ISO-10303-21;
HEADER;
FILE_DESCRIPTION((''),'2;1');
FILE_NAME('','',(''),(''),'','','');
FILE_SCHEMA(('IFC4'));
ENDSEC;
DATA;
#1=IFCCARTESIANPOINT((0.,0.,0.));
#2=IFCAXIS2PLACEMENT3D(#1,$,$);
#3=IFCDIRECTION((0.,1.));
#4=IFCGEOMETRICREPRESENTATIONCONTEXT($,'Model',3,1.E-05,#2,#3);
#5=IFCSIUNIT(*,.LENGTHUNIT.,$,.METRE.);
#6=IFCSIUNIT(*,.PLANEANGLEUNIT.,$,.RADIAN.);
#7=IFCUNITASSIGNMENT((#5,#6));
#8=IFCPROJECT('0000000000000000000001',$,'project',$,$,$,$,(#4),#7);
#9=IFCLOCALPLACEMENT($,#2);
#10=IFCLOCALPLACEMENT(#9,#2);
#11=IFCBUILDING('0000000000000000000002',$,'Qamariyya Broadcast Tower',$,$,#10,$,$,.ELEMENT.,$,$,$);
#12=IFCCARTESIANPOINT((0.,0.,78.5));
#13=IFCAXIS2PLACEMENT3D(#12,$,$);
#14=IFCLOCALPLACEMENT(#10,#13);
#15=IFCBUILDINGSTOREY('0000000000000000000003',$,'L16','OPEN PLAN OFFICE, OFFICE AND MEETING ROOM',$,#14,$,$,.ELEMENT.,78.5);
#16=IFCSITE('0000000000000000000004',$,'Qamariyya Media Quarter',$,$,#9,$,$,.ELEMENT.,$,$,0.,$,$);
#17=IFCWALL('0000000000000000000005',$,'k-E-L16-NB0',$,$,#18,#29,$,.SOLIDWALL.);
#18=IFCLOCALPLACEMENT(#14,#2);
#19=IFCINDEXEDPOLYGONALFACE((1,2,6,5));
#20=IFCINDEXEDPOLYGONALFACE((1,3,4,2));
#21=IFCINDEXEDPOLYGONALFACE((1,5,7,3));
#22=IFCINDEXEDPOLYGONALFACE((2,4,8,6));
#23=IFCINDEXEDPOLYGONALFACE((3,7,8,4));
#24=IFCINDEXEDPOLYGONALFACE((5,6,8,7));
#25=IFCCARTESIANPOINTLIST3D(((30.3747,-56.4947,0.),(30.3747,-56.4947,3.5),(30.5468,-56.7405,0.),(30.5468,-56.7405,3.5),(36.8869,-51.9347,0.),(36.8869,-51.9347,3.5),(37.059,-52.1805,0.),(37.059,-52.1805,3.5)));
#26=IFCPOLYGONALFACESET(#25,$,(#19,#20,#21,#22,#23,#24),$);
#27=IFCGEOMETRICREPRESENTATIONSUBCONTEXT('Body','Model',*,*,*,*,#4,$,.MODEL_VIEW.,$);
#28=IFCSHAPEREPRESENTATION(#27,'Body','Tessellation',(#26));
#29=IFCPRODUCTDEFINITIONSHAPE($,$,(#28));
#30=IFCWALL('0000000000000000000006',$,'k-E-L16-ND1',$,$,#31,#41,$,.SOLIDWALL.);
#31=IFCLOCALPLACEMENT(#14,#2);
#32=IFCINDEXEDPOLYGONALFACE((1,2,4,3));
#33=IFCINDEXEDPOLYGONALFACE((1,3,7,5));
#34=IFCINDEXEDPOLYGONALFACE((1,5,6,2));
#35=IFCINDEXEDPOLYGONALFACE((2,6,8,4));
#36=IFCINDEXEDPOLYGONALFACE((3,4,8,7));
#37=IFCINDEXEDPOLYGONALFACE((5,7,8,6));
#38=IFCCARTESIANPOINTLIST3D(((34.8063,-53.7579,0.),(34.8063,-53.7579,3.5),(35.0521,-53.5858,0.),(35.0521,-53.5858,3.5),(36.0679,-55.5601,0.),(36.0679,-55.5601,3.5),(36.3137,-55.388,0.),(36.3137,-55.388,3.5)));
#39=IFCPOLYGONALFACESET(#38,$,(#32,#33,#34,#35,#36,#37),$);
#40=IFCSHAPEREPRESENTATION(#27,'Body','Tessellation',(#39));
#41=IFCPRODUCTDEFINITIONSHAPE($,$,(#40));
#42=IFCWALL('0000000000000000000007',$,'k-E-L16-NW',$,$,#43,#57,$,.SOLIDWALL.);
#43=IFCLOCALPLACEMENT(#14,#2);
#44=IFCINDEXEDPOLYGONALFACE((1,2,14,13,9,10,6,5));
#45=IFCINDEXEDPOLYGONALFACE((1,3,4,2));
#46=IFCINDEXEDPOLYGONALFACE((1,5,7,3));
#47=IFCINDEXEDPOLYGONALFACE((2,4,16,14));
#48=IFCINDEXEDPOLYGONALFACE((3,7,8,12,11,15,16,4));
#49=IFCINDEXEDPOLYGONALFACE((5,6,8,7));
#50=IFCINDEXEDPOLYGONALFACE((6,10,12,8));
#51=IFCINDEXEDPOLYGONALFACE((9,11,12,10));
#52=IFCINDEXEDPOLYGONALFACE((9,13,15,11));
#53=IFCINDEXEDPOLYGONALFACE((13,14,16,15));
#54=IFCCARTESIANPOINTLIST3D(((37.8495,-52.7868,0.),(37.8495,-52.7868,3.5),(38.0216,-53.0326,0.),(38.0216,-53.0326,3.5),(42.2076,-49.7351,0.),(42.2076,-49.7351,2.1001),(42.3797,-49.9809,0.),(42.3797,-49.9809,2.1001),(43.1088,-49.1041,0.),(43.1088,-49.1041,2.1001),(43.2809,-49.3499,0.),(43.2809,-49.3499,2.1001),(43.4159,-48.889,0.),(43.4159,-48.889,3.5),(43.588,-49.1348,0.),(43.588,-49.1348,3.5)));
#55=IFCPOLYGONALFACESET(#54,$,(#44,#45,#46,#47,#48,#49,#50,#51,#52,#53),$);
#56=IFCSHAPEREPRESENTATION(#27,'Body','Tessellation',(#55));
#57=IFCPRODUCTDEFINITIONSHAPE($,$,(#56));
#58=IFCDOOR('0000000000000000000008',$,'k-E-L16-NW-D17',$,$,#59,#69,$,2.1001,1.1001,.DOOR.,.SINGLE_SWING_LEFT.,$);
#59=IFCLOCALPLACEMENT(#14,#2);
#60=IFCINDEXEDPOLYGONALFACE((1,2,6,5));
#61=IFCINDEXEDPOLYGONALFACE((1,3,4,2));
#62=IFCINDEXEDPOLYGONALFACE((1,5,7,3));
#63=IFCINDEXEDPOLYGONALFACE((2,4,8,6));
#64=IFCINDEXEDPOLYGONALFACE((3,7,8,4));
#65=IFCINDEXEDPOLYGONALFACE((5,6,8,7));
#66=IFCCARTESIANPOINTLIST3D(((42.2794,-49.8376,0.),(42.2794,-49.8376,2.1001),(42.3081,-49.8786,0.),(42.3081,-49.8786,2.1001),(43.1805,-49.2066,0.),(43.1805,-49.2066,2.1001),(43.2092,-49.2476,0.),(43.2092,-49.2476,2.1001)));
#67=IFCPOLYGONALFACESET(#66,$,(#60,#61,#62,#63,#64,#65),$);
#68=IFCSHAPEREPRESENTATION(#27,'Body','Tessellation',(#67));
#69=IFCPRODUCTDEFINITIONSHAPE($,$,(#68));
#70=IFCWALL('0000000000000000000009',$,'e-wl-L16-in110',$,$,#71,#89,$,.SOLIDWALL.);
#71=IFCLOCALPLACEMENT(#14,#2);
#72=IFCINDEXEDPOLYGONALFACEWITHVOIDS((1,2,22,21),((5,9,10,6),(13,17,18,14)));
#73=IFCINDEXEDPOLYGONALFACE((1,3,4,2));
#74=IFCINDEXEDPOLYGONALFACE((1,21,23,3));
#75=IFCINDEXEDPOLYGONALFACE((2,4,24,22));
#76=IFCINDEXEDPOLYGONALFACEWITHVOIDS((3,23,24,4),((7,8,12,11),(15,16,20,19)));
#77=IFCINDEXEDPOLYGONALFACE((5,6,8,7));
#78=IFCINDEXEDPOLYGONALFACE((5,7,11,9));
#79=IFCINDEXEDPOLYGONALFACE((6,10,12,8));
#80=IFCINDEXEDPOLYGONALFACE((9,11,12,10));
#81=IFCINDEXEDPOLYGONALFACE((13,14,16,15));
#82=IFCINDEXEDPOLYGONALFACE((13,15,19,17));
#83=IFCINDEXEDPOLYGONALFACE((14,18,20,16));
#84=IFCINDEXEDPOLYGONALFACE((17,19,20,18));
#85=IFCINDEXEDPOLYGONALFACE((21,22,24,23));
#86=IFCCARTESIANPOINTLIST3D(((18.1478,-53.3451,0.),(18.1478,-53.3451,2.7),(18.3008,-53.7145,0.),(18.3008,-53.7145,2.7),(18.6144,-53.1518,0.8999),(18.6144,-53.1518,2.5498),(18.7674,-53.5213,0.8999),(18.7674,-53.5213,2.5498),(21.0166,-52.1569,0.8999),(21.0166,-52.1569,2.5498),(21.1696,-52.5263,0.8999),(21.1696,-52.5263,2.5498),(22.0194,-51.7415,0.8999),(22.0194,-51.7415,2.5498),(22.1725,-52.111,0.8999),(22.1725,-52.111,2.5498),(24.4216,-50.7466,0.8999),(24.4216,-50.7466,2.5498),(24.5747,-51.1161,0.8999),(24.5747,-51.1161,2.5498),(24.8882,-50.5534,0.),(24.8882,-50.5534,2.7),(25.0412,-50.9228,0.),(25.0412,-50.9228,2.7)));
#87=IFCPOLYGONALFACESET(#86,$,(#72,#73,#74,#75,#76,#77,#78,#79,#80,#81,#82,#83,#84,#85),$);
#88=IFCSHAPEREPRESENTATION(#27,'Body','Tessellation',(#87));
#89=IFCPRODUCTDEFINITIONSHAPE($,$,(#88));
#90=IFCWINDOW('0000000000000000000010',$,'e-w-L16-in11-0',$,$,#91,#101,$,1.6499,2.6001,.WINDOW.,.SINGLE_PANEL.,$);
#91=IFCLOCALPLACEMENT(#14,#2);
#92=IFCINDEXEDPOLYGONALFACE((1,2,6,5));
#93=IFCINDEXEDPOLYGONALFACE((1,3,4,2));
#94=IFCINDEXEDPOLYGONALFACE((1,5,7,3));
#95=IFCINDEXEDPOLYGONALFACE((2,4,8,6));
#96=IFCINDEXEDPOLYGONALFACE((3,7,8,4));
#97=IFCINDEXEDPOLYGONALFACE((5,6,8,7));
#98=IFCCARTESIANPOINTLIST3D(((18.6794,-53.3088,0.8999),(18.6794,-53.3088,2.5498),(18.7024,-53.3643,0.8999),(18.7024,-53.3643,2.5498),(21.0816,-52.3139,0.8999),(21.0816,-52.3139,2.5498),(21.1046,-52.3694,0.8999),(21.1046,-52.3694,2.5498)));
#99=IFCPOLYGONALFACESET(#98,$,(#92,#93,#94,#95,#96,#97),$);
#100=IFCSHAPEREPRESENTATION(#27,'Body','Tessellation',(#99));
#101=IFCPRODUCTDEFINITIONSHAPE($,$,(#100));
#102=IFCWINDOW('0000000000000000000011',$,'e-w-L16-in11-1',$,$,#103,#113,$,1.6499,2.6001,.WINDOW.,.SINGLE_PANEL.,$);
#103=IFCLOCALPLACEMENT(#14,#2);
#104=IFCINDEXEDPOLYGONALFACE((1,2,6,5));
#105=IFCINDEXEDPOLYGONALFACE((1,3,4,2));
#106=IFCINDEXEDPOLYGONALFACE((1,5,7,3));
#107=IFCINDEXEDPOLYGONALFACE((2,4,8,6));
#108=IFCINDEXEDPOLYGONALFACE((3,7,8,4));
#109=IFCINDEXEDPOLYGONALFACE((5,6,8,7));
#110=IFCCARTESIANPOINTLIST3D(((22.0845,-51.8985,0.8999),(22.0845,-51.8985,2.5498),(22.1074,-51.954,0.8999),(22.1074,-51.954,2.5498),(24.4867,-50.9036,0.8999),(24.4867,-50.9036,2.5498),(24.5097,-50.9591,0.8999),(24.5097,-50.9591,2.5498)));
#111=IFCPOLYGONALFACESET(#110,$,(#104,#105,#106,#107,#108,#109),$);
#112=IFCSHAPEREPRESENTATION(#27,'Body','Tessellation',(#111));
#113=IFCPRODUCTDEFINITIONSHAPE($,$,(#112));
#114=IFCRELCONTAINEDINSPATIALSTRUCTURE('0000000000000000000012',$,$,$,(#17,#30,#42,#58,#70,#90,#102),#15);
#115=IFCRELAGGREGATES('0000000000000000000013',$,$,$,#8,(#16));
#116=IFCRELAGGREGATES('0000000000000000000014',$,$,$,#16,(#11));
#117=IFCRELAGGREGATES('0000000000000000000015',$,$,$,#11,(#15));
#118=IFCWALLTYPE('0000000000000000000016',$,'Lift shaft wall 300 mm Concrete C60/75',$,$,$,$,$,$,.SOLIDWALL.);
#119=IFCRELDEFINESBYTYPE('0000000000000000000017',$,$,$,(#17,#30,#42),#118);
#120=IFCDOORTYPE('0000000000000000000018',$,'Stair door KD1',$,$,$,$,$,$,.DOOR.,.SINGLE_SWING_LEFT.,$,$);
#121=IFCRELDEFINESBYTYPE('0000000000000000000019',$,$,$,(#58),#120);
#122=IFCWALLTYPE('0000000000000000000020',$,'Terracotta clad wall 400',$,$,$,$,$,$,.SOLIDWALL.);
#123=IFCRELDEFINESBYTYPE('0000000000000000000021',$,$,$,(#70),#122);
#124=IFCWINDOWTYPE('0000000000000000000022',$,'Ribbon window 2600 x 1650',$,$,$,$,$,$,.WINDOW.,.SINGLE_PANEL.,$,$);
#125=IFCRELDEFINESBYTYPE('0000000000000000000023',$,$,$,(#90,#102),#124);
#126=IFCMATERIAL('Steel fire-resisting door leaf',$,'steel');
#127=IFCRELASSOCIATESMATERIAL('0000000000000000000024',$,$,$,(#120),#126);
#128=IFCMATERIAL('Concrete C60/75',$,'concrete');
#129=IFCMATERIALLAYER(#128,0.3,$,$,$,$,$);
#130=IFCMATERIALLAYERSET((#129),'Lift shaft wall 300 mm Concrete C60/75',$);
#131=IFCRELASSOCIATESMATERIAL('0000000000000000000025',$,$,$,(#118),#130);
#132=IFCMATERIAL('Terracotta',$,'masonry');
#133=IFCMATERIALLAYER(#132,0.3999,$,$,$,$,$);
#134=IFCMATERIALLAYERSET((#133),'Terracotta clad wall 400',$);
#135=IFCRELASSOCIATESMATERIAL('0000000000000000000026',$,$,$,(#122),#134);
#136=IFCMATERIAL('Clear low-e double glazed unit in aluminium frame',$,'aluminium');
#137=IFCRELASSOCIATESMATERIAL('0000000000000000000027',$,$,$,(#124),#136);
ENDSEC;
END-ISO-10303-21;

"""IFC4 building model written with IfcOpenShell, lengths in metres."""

from ifc_helpers import new_model, si_unit, direction, frame, frame_2d, origin, place, context, subcontext, project, spatial, rectangle, extrude, material, layer, layer_set, type_object, element, fill, save


model = new_model("IFC4")

# Units and contexts
model_context = context("Model", 3, precision=1e-05, world=origin(), true_north=direction((0.0, 1.0)))
body_context = subcontext(model_context, "Body", "Model", "MODEL_VIEW")
ifc_project = project(units=[si_unit("LENGTHUNIT", "METRE"), si_unit("PLANEANGLEUNIT", "RADIAN")], contexts=[model_context])

# Site, building, storey
site_placement = place(None, origin())
site = spatial("IfcSite", under=ifc_project, at=site_placement, Name="Qamariyya Media Quarter", CompositionType="ELEMENT", RefElevation=0.0)
building_placement = place(site_placement, origin())
building = spatial("IfcBuilding", under=site, at=building_placement, Name="Qamariyya Broadcast Tower", CompositionType="ELEMENT")
storey_placement = place(building_placement, frame((0.0, 0.0, 78.5)))
storey = spatial("IfcBuildingStorey", under=building, at=storey_placement, Name="L16", Description="OPEN PLAN OFFICE, OFFICE AND MEETING ROOM", CompositionType="ELEMENT", Elevation=78.5)

# Shared definitions
ifc_material_1 = material(Name="Steel fire-resisting door leaf", Category="steel")
door_type_1 = type_object("IfcDoorType", Name="Stair door KD1", OperationType="SINGLE_SWING_LEFT", PredefinedType="DOOR", material=ifc_material_1)

# Walls
ifc_material_2 = material(Name="Concrete C60/75", Category="concrete")
ifc_layer_1 = layer(ifc_material_2, 0.3)
ifc_layer_set_1 = layer_set([ifc_layer_1], Name="Lift shaft wall 300 mm Concrete C60/75")
wall_type_1 = type_object("IfcWallType", Name="Lift shaft wall 300 mm Concrete C60/75", PredefinedType="SOLIDWALL", material=ifc_layer_set_1)
wall_1_placement = place(storey_placement, frame((30.4607, -56.6177, 0.0), z_axis=(0.0, 0.0, 1.0), x_axis=(0.819142, 0.57359, 0.0)))
element("IfcWall", 1, at=wall_1_placement, inside=storey, type_object=wall_type_1, Name="k-E-L16-NB0", PredefinedType="SOLIDWALL", context=body_context, shape_type="SweptSolid", body=[
    extrude(rectangle(XDim=7.95, YDim=0.3, at=frame_2d((3.9751, 0.0))), origin(), (0.0, 0.0, 1.0), 3.5),
])
wall_2_placement = place(storey_placement, frame((36.1909, -55.4741, 0.0), z_axis=(0.0, 0.0, 1.0), x_axis=(-0.573507, 0.819201, 0.0)))
element("IfcWall", 2, at=wall_2_placement, inside=storey, type_object=wall_type_1, Name="k-E-L16-ND1", PredefinedType="SOLIDWALL", context=body_context, shape_type="SweptSolid", body=[
    extrude(rectangle(XDim=2.2, YDim=0.3, at=frame_2d((1.1001, 0.0))), origin(), (0.0, 0.0, 1.0), 3.5),
])

# Wall, opening, door
wall_3_placement = place(storey_placement, frame((37.9355, -52.9097, 0.0), z_axis=(0.0, 0.0, 1.0), x_axis=(0.819148, 0.573583, 0.0)))
wall_3 = element("IfcWall", 3, at=wall_3_placement, inside=storey, type_object=wall_type_1, Name="k-E-L16-NW", PredefinedType="SOLIDWALL", context=body_context, shape_type="SweptSolid", body=[
    extrude(rectangle(XDim=6.7954, YDim=0.3, at=frame_2d((3.3977, 0.0))), origin(), (0.0, 0.0, 1.0), 3.5),
])
opening_1_placement = place(wall_3_placement, frame((5.3203, 0.0, 0.0)))
opening_1 = element("IfcOpeningElement", 4, at=opening_1_placement, cuts=wall_3, PredefinedType="OPENING", context=body_context, shape_type="SweptSolid", body=[
    extrude(rectangle(XDim=1.1001, YDim=2.1001, at=frame_2d((0.55, 1.05))), frame((0.0, 0.1599, 0.0), z_axis=(0.0, -1.0, 0.0), x_axis=(1.0, 0.0, 0.0)), (0.0, 0.0, 1.0), 0.3201),
])
door_1_placement = place(opening_1_placement, origin())
door_1 = element("IfcDoor", 5, at=door_1_placement, inside=storey, type_object=door_type_1, Name="k-E-L16-NW-D17", OperationType="SINGLE_SWING_LEFT", OverallHeight=2.1001, OverallWidth=1.1001, PredefinedType="DOOR", context=body_context, shape_type="SweptSolid", body=[
    extrude(rectangle(XDim=1.1001, YDim=2.1001, at=frame_2d((0.55, 1.05))), frame((0.0, 0.0249, 0.0), z_axis=(0.0, -1.0, 0.0), x_axis=(1.0, 0.0, 0.0)), (0.0, 0.0, 1.0), 0.05),
])
fill(opening_1, door_1)

# Wall, openings, windows
ifc_material_3 = material(Name="Terracotta", Category="masonry")
ifc_layer_2 = layer(ifc_material_3, 0.3999)
ifc_layer_set_2 = layer_set([ifc_layer_2], Name="Terracotta clad wall 400")
wall_type_2 = type_object("IfcWallType", Name="Terracotta clad wall 400", PredefinedType="SOLIDWALL", material=ifc_layer_set_2)
wall_4_placement = place(storey_placement, frame((24.9648, -50.738, 0.0), z_axis=(0.0, 0.0, 1.0), x_axis=(-0.923892, -0.382654, 0.0)))
wall_4 = element("IfcWall", 6, at=wall_4_placement, inside=storey, type_object=wall_type_2, Name="e-wl-L16-in110", PredefinedType="SOLIDWALL", context=body_context, shape_type="SweptSolid", body=[
    extrude(rectangle(XDim=7.2957, YDim=0.3999, at=frame_2d((3.6479, 0.0))), origin(), (0.0, 0.0, 1.0), 2.7),
])
opening_2_placement = place(wall_4_placement, frame((4.1907, 0.0, 0.8999)))
opening_2 = element("IfcOpeningElement", 7, at=opening_2_placement, cuts=wall_4, PredefinedType="OPENING", context=body_context, shape_type="SweptSolid", body=[
    extrude(rectangle(XDim=2.6001, YDim=1.6499, at=frame_2d((1.3, 0.825))), frame((0.0, 0.21, 0.0), z_axis=(0.0, -1.0, 0.0), x_axis=(1.0, 0.0, 0.0)), (0.0, 0.0, 1.0), 0.4199),
])
opening_3_placement = place(wall_4_placement, frame((0.5051, 0.0, 0.8999)))
opening_3 = element("IfcOpeningElement", 8, at=opening_3_placement, cuts=wall_4, PredefinedType="OPENING", context=body_context, shape_type="SweptSolid", body=[
    extrude(rectangle(XDim=2.6001, YDim=1.6499, at=frame_2d((1.3, 0.825))), frame((0.0, 0.21, 0.0), z_axis=(0.0, -1.0, 0.0), x_axis=(1.0, 0.0, 0.0)), (0.0, 0.0, 1.0), 0.4199),
])
ifc_material_4 = material(Name="Clear low-e double glazed unit in aluminium frame", Category="aluminium")
window_type = type_object("IfcWindowType", Name="Ribbon window 2600 x 1650", PartitioningType="SINGLE_PANEL", PredefinedType="WINDOW", material=ifc_material_4)
window_1_placement = place(opening_2_placement, origin())
window_1 = element("IfcWindow", 9, at=window_1_placement, inside=storey, type_object=window_type, Name="e-w-L16-in11-0", OverallHeight=1.6499, OverallWidth=2.6001, PartitioningType="SINGLE_PANEL", PredefinedType="WINDOW", context=body_context, shape_type="SweptSolid", body=[
    extrude(rectangle(XDim=2.6001, YDim=1.6499, at=frame_2d((1.3, 0.825))), frame((0.0, 0.03, 0.0), z_axis=(0.0, -1.0, 0.0), x_axis=(1.0, 0.0, 0.0)), (0.0, 0.0, 1.0), 0.0601),
])
fill(opening_2, window_1)
window_2_placement = place(opening_3_placement, origin())
window_2 = element("IfcWindow", 10, at=window_2_placement, inside=storey, type_object=window_type, Name="e-w-L16-in11-1", OverallHeight=1.6499, OverallWidth=2.6001, PartitioningType="SINGLE_PANEL", PredefinedType="WINDOW", context=body_context, shape_type="SweptSolid", body=[
    extrude(rectangle(XDim=2.6001, YDim=1.6499, at=frame_2d((1.3, 0.825))), frame((0.0, 0.03, 0.0), z_axis=(0.0, -1.0, 0.0), x_axis=(1.0, 0.0, 0.0)), (0.0, 0.0, 1.0), 0.0601),
])
fill(opening_3, window_2)

save(model, "model.ifc")
